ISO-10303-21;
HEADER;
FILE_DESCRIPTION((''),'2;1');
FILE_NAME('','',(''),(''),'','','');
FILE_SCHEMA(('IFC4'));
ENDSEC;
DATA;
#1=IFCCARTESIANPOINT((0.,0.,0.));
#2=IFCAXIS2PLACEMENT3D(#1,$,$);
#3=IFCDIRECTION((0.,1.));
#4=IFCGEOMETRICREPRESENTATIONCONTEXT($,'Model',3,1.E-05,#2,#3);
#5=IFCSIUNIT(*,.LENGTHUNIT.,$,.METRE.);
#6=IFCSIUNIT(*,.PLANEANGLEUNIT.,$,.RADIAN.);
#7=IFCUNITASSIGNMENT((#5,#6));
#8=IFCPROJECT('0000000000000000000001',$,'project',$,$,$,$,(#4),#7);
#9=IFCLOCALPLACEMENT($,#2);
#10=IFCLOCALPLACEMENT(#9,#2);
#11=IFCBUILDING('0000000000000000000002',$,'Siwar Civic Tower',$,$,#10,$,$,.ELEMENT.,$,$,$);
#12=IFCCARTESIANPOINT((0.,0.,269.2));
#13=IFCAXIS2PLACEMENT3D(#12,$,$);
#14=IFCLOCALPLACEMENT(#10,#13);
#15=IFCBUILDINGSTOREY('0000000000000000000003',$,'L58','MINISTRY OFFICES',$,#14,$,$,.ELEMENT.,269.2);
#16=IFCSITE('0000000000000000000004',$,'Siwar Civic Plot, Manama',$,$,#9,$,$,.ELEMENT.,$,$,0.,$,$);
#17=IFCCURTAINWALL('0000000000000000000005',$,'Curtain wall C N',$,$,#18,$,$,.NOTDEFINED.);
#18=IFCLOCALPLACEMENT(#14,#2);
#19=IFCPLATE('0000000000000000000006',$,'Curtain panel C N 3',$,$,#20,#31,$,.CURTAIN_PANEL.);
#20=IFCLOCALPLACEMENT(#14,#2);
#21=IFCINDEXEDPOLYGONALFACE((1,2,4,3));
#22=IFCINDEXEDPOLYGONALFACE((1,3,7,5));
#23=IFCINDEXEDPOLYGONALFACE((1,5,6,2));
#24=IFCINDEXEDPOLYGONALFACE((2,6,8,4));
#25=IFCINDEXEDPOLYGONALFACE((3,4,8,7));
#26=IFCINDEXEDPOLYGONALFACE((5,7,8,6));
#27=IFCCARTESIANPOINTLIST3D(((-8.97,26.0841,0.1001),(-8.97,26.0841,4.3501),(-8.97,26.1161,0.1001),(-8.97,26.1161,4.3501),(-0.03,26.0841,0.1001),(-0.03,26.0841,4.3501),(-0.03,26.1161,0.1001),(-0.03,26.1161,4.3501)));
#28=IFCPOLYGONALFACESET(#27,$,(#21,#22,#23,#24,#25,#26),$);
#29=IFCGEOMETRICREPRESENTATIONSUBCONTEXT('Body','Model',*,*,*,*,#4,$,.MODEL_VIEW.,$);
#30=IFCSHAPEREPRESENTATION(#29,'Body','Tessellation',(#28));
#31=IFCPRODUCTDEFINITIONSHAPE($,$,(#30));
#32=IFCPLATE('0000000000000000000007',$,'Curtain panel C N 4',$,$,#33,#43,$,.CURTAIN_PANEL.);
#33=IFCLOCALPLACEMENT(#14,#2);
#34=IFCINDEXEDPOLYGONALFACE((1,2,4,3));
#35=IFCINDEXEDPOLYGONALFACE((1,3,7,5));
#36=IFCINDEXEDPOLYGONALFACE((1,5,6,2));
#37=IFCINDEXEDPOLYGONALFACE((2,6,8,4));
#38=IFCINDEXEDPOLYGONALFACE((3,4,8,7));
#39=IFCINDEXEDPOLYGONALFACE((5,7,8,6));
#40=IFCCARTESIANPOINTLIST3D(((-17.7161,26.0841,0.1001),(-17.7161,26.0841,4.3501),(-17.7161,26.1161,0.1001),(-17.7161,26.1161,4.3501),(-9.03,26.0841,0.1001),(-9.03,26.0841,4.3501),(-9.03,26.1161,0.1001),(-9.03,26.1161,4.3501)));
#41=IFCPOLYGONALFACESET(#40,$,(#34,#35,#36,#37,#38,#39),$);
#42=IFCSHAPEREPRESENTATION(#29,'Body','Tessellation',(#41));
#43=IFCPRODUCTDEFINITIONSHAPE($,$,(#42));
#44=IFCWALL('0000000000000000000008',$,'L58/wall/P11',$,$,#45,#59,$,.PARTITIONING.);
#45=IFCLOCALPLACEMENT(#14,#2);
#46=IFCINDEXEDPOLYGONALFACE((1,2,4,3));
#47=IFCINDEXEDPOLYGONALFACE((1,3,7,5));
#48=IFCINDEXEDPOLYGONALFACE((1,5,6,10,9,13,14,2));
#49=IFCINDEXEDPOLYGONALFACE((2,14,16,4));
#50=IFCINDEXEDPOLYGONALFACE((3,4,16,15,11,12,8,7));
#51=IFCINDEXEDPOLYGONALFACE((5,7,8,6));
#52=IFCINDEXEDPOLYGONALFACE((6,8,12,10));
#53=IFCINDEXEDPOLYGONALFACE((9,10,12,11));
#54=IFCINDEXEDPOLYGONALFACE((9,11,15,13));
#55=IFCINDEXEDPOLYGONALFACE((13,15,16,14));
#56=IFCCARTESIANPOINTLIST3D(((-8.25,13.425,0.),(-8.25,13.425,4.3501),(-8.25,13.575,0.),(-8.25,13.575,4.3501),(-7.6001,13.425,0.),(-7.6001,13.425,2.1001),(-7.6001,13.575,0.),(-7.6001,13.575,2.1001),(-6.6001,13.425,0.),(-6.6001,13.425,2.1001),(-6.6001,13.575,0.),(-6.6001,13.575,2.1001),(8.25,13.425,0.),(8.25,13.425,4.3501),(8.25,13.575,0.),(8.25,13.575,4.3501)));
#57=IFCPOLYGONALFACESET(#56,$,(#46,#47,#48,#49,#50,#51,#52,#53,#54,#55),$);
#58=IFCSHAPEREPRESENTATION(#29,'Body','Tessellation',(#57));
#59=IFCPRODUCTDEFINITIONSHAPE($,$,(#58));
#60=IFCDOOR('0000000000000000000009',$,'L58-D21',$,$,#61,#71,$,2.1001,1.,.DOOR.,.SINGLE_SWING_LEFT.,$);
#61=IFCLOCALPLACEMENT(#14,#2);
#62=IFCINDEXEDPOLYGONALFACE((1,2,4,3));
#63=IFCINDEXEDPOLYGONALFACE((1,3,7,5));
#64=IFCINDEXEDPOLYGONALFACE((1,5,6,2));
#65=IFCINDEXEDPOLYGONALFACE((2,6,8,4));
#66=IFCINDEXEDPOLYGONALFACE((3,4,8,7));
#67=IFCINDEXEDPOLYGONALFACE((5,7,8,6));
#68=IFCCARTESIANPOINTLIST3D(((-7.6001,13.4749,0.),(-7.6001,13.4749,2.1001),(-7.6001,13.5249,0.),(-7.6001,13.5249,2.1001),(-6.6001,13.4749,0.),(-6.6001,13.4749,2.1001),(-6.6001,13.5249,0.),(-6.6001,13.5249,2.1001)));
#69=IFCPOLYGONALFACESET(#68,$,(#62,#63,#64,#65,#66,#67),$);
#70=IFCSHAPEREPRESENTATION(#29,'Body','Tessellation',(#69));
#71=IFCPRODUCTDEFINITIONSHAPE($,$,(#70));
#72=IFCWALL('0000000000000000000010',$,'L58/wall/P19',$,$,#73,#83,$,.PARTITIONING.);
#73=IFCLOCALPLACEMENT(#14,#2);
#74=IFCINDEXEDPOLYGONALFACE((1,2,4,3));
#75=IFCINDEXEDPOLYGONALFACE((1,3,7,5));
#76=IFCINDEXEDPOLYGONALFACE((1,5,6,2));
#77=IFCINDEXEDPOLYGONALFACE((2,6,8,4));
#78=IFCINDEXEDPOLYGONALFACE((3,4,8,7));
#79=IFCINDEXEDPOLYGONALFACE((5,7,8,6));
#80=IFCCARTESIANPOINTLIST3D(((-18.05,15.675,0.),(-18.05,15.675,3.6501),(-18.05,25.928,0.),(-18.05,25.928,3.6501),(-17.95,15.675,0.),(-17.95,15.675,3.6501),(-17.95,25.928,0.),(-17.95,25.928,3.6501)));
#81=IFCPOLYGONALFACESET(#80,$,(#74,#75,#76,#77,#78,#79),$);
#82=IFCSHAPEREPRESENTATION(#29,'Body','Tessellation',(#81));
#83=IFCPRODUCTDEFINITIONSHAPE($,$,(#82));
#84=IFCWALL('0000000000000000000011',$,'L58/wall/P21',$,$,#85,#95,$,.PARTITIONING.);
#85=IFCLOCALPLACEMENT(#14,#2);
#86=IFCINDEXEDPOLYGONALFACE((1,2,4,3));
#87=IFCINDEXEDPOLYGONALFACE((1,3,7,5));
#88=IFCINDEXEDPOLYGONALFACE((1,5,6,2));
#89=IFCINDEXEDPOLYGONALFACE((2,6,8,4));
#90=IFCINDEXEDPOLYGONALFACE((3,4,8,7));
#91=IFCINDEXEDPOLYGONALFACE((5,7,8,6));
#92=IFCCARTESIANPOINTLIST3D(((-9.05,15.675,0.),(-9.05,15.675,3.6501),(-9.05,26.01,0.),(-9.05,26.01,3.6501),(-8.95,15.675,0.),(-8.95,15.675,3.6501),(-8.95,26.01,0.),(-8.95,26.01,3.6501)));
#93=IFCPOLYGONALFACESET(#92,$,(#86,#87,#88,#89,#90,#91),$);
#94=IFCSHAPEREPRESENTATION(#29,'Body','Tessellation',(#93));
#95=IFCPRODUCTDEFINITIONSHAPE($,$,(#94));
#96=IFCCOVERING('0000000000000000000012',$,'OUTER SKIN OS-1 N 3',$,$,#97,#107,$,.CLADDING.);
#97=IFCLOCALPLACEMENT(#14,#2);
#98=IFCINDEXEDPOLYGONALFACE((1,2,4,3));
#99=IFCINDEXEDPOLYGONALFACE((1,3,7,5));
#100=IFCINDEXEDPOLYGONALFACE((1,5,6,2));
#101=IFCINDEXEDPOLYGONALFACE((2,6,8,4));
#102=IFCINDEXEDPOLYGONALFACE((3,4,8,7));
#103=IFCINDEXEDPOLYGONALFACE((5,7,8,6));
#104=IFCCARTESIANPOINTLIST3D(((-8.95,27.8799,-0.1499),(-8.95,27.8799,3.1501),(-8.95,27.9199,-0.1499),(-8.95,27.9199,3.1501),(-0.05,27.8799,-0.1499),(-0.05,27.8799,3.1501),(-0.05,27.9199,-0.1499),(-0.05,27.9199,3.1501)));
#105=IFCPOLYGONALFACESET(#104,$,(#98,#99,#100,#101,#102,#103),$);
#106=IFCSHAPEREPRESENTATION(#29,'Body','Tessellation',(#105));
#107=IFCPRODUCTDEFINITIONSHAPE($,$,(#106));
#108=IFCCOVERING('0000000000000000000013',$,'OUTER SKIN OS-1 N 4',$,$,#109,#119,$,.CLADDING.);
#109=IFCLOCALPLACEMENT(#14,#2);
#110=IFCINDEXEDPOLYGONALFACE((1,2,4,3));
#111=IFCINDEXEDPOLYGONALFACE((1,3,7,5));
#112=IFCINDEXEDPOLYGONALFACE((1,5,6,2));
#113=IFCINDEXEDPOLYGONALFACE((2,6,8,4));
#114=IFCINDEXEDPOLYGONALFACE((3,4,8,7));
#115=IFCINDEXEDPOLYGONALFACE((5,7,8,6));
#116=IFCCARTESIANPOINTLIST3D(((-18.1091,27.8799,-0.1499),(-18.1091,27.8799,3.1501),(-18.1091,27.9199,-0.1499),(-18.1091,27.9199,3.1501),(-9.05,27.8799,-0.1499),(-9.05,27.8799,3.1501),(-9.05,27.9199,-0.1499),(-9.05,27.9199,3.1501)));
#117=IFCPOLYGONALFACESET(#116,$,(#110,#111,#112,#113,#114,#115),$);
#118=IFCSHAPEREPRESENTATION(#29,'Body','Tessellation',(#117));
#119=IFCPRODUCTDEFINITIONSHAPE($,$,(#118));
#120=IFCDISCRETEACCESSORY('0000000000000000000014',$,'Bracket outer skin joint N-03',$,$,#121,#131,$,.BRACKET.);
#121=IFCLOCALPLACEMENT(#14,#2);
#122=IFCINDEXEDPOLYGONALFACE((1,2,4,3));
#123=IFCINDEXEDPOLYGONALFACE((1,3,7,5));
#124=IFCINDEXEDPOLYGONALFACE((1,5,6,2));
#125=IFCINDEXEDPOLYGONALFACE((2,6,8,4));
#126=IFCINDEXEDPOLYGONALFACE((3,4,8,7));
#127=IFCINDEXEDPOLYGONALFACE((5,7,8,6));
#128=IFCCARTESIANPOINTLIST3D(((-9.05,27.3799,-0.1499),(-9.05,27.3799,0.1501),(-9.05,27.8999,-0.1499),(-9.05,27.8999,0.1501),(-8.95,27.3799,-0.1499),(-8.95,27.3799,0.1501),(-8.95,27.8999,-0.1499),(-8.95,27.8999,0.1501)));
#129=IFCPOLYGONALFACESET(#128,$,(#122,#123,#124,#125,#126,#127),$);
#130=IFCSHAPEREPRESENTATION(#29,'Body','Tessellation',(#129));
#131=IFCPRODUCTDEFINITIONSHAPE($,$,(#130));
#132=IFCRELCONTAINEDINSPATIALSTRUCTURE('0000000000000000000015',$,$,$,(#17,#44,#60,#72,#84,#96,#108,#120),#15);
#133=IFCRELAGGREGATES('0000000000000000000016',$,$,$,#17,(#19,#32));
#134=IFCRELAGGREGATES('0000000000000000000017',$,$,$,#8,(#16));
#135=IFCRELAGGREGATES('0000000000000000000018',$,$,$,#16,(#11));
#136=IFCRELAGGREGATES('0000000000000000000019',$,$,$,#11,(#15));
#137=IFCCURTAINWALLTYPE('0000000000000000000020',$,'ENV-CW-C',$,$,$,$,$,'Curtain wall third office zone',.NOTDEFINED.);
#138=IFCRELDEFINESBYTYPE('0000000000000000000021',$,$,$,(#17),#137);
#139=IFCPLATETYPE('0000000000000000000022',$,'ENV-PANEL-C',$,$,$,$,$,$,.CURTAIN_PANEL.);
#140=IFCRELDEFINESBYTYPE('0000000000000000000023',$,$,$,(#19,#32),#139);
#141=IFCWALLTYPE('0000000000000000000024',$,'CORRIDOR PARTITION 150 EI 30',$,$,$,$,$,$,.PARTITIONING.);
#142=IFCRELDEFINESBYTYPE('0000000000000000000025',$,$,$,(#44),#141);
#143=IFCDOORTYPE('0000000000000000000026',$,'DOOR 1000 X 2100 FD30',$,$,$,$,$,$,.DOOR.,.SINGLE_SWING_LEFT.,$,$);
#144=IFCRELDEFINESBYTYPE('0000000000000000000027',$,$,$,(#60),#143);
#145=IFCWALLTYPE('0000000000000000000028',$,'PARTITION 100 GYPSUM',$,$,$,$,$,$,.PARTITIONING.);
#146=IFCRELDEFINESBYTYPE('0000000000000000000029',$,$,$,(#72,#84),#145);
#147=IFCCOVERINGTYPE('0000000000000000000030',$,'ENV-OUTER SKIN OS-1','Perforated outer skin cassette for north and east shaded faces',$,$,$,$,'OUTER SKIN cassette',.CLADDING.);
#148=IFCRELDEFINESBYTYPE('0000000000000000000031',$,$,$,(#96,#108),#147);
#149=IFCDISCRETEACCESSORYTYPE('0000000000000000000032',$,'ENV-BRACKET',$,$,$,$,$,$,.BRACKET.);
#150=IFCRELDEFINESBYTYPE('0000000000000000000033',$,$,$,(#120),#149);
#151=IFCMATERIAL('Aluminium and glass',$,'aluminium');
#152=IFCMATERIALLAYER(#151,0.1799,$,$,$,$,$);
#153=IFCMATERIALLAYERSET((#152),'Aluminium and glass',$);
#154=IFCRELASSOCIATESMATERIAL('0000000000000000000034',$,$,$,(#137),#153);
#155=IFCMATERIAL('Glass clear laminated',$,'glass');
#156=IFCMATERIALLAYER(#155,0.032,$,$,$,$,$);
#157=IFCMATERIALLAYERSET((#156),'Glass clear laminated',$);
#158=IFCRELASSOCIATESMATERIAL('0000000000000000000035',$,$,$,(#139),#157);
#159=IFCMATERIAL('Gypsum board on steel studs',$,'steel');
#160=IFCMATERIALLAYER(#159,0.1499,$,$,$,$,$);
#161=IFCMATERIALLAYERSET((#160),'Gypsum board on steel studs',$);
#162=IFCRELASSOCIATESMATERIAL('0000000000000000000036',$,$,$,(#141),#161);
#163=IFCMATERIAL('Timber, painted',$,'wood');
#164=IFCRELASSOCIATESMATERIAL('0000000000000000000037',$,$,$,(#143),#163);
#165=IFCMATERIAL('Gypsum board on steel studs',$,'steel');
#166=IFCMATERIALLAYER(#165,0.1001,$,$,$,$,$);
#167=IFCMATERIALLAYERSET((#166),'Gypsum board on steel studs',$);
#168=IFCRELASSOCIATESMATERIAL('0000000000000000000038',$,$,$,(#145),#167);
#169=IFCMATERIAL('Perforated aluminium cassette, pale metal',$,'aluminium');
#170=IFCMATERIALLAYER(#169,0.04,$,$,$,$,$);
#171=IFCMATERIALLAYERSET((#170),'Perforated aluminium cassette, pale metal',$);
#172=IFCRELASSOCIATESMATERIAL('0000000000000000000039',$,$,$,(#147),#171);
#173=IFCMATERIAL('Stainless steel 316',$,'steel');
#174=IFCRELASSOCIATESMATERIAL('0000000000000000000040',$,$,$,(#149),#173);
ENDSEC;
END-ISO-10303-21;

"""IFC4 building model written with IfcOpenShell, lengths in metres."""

from ifc_helpers import new_model, si_unit, direction, frame, frame_2d, origin, origin_2d, place, context, subcontext, project, spatial, rectangle, extrude, material, layer, layer_set, type_object, element, fill, aggregate, save


model = new_model("IFC4")

# Units and contexts
model_context = context("Model", 3, precision=1e-05, world=origin(), true_north=direction((0.0, 1.0)))
body_context = subcontext(model_context, "Body", "Model", "MODEL_VIEW")
ifc_project = project(units=[si_unit("LENGTHUNIT", "METRE"), si_unit("PLANEANGLEUNIT", "RADIAN")], contexts=[model_context])

# Site, building, storey
site_placement = place(None, origin())
site = spatial("IfcSite", under=ifc_project, at=site_placement, Name="Siwar Civic Plot, Manama", CompositionType="ELEMENT", RefElevation=0.0)
building_placement = place(site_placement, origin())
building = spatial("IfcBuilding", under=site, at=building_placement, Name="Siwar Civic Tower", CompositionType="ELEMENT")
storey_placement = place(building_placement, frame((0.0, 0.0, 269.2)))
storey = spatial("IfcBuildingStorey", under=building, at=storey_placement, Name="L58", Description="MINISTRY OFFICES", CompositionType="ELEMENT", Elevation=269.2)

# Curtain wall
ifc_material_1 = material(Name="Aluminium and glass", Category="aluminium")
ifc_layer_1 = layer(ifc_material_1, 0.1799)
ifc_layer_set_1 = layer_set([ifc_layer_1], Name="Aluminium and glass")
curtain_wall_type_1 = type_object("IfcCurtainWallType", Name="ENV-CW-C", ElementType="Curtain wall third office zone", PredefinedType="NOTDEFINED", material=ifc_layer_set_1)
curtain_wall_1_placement = place(storey_placement, origin())
curtain_wall_1 = element("IfcCurtainWall", 1, at=curtain_wall_1_placement, inside=storey, type_object=curtain_wall_type_1, Name="Curtain wall C N", PredefinedType="NOTDEFINED")

# Plates
ifc_material_2 = material(Name="Glass clear laminated", Category="glass")
ifc_layer_2 = layer(ifc_material_2, 0.032)
ifc_layer_set_2 = layer_set([ifc_layer_2], Name="Glass clear laminated")
plate_type = type_object("IfcPlateType", Name="ENV-PANEL-C", PredefinedType="CURTAIN_PANEL", material=ifc_layer_set_2)
plate_1_placement = place(storey_placement, frame((-4.5, 26.1001, 0.1001), z_axis=(0.0, 0.0, 1.0), x_axis=(-1.0, 0.0, 0.0)))
plate_1 = element("IfcPlate", 2, at=plate_1_placement, type_object=plate_type, Name="Curtain panel C N 3", PredefinedType="CURTAIN_PANEL", context=body_context, shape_type="SweptSolid", body=[
    extrude(rectangle(XDim=8.9399, YDim=0.032, at=origin_2d()), origin(), (0.0, 0.0, 1.0), 4.25),
])
plate_2_placement = place(storey_placement, frame((-13.373, 26.1001, 0.1001), z_axis=(0.0, 0.0, 1.0), x_axis=(-1.0, 0.0, 0.0)))
plate_2 = element("IfcPlate", 3, at=plate_2_placement, type_object=plate_type, Name="Curtain panel C N 4", PredefinedType="CURTAIN_PANEL", context=body_context, shape_type="SweptSolid", body=[
    extrude(rectangle(XDim=8.686, YDim=0.032, at=origin_2d()), origin(), (0.0, 0.0, 1.0), 4.25),
])
aggregate(curtain_wall_1, [plate_1, plate_2])

# Wall, opening, door
ifc_material_3 = material(Name="Gypsum board on steel studs", Category="steel")
ifc_layer_3 = layer(ifc_material_3, 0.1499)
ifc_layer_set_3 = layer_set([ifc_layer_3], Name="Gypsum board on steel studs")
wall_type_1 = type_object("IfcWallType", Name="CORRIDOR PARTITION 150 EI 30", PredefinedType="PARTITIONING", material=ifc_layer_set_3)
wall_1_placement = place(storey_placement, frame((-8.25, 13.5, 0.0), z_axis=(0.0, 0.0, 1.0), x_axis=(1.0, 0.0, 0.0)))
wall_1 = element("IfcWall", 4, at=wall_1_placement, inside=storey, type_object=wall_type_1, Name="L58/wall/P11", PredefinedType="PARTITIONING", context=body_context, shape_type="SweptSolid", body=[
    extrude(rectangle(XDim=16.5, YDim=0.1499, at=frame_2d((8.25, 0.0))), origin(), (0.0, 0.0, 1.0), 4.3501),
])
opening_placement = place(wall_1_placement, frame((0.6499, 0.0, 0.0)))
opening = element("IfcOpeningElement", 5, at=opening_placement, cuts=wall_1, PredefinedType="OPENING", context=body_context, shape_type="SweptSolid", body=[
    extrude(rectangle(XDim=1.0, YDim=2.1001, at=frame_2d((0.5, 1.05))), frame((0.0, 0.085, 0.0), z_axis=(0.0, -1.0, 0.0), x_axis=(1.0, 0.0, 0.0)), (0.0, 0.0, 1.0), 0.1699),
])
ifc_material_4 = material(Name="Timber, painted", Category="wood")
door_type = type_object("IfcDoorType", Name="DOOR 1000 X 2100 FD30", OperationType="SINGLE_SWING_LEFT", PredefinedType="DOOR", material=ifc_material_4)
door_placement = place(opening_placement, origin())
door = element("IfcDoor", 6, at=door_placement, inside=storey, type_object=door_type, Name="L58-D21", OperationType="SINGLE_SWING_LEFT", OverallHeight=2.1001, OverallWidth=1.0, PredefinedType="DOOR", context=body_context, shape_type="SweptSolid", body=[
    extrude(rectangle(XDim=1.0, YDim=2.1001, at=frame_2d((0.5, 1.05))), frame((0.0, 0.0249, 0.0), z_axis=(0.0, -1.0, 0.0), x_axis=(1.0, 0.0, 0.0)), (0.0, 0.0, 1.0), 0.05),
])
fill(opening, door)

# Walls
ifc_material_5 = material(Name="Gypsum board on steel studs", Category="steel")
ifc_layer_4 = layer(ifc_material_5, 0.1001)
ifc_layer_set_4 = layer_set([ifc_layer_4], Name="Gypsum board on steel studs")
wall_type_2 = type_object("IfcWallType", Name="PARTITION 100 GYPSUM", PredefinedType="PARTITIONING", material=ifc_layer_set_4)
wall_2_placement = place(storey_placement, frame((-18.0, 15.675, 0.0), z_axis=(0.0, 0.0, 1.0), x_axis=(0.0, 1.0, 0.0)))
element("IfcWall", 7, at=wall_2_placement, inside=storey, type_object=wall_type_2, Name="L58/wall/P19", PredefinedType="PARTITIONING", context=body_context, shape_type="SweptSolid", body=[
    extrude(rectangle(XDim=10.2529, YDim=0.1001, at=frame_2d((5.1265, 0.0))), origin(), (0.0, 0.0, 1.0), 3.6501),
])
wall_3_placement = place(storey_placement, frame((-9.0, 15.675, 0.0), z_axis=(0.0, 0.0, 1.0), x_axis=(0.0, 1.0, 0.0)))
element("IfcWall", 8, at=wall_3_placement, inside=storey, type_object=wall_type_2, Name="L58/wall/P21", PredefinedType="PARTITIONING", context=body_context, shape_type="SweptSolid", body=[
    extrude(rectangle(XDim=10.335, YDim=0.1001, at=frame_2d((5.1675, 0.0))), origin(), (0.0, 0.0, 1.0), 3.6501),
])

# Coverings
ifc_material_6 = material(Name="Perforated aluminium cassette, pale metal", Category="aluminium")
ifc_layer_5 = layer(ifc_material_6, 0.04)
ifc_layer_set_5 = layer_set([ifc_layer_5], Name="Perforated aluminium cassette, pale metal")
covering_type = type_object("IfcCoveringType", Name="ENV-OUTER SKIN OS-1", Description="Perforated outer skin cassette for north and east shaded faces", ElementType="OUTER SKIN cassette", PredefinedType="CLADDING", material=ifc_layer_set_5)
covering_1_placement = place(storey_placement, frame((-4.5, 27.8999, -0.1499), z_axis=(0.0, 0.0, 1.0), x_axis=(-1.0, 0.0, 0.0)))
element("IfcCovering", 9, at=covering_1_placement, inside=storey, type_object=covering_type, Name="OUTER SKIN OS-1 N 3", PredefinedType="CLADDING", context=body_context, shape_type="SweptSolid", body=[
    extrude(rectangle(XDim=8.8999, YDim=0.04, at=origin_2d()), origin(), (0.0, 0.0, 1.0), 3.3),
])
covering_2_placement = place(storey_placement, frame((-13.5796, 27.8999, -0.1499), z_axis=(0.0, 0.0, 1.0), x_axis=(-1.0, 0.0, 0.0)))
element("IfcCovering", 10, at=covering_2_placement, inside=storey, type_object=covering_type, Name="OUTER SKIN OS-1 N 4", PredefinedType="CLADDING", context=body_context, shape_type="SweptSolid", body=[
    extrude(rectangle(XDim=9.0591, YDim=0.04, at=origin_2d()), origin(), (0.0, 0.0, 1.0), 3.3),
])

# Discrete accessory
ifc_material_7 = material(Name="Stainless steel 316", Category="steel")
discrete_accessory_type = type_object("IfcDiscreteAccessoryType", Name="ENV-BRACKET", PredefinedType="BRACKET", material=ifc_material_7)
discrete_accessory_placement = place(storey_placement, frame((-9.0, 27.6399, -0.1499), z_axis=(0.0, 0.0, 1.0), x_axis=(0.0, 1.0, 0.0)))
element("IfcDiscreteAccessory", 11, at=discrete_accessory_placement, inside=storey, type_object=discrete_accessory_type, Name="Bracket outer skin joint N-03", PredefinedType="BRACKET", context=body_context, shape_type="SweptSolid", body=[
    extrude(rectangle(XDim=0.52, YDim=0.1001, at=origin_2d()), origin(), (0.0, 0.0, 1.0), 0.3),
])

save(model, "model.ifc")
